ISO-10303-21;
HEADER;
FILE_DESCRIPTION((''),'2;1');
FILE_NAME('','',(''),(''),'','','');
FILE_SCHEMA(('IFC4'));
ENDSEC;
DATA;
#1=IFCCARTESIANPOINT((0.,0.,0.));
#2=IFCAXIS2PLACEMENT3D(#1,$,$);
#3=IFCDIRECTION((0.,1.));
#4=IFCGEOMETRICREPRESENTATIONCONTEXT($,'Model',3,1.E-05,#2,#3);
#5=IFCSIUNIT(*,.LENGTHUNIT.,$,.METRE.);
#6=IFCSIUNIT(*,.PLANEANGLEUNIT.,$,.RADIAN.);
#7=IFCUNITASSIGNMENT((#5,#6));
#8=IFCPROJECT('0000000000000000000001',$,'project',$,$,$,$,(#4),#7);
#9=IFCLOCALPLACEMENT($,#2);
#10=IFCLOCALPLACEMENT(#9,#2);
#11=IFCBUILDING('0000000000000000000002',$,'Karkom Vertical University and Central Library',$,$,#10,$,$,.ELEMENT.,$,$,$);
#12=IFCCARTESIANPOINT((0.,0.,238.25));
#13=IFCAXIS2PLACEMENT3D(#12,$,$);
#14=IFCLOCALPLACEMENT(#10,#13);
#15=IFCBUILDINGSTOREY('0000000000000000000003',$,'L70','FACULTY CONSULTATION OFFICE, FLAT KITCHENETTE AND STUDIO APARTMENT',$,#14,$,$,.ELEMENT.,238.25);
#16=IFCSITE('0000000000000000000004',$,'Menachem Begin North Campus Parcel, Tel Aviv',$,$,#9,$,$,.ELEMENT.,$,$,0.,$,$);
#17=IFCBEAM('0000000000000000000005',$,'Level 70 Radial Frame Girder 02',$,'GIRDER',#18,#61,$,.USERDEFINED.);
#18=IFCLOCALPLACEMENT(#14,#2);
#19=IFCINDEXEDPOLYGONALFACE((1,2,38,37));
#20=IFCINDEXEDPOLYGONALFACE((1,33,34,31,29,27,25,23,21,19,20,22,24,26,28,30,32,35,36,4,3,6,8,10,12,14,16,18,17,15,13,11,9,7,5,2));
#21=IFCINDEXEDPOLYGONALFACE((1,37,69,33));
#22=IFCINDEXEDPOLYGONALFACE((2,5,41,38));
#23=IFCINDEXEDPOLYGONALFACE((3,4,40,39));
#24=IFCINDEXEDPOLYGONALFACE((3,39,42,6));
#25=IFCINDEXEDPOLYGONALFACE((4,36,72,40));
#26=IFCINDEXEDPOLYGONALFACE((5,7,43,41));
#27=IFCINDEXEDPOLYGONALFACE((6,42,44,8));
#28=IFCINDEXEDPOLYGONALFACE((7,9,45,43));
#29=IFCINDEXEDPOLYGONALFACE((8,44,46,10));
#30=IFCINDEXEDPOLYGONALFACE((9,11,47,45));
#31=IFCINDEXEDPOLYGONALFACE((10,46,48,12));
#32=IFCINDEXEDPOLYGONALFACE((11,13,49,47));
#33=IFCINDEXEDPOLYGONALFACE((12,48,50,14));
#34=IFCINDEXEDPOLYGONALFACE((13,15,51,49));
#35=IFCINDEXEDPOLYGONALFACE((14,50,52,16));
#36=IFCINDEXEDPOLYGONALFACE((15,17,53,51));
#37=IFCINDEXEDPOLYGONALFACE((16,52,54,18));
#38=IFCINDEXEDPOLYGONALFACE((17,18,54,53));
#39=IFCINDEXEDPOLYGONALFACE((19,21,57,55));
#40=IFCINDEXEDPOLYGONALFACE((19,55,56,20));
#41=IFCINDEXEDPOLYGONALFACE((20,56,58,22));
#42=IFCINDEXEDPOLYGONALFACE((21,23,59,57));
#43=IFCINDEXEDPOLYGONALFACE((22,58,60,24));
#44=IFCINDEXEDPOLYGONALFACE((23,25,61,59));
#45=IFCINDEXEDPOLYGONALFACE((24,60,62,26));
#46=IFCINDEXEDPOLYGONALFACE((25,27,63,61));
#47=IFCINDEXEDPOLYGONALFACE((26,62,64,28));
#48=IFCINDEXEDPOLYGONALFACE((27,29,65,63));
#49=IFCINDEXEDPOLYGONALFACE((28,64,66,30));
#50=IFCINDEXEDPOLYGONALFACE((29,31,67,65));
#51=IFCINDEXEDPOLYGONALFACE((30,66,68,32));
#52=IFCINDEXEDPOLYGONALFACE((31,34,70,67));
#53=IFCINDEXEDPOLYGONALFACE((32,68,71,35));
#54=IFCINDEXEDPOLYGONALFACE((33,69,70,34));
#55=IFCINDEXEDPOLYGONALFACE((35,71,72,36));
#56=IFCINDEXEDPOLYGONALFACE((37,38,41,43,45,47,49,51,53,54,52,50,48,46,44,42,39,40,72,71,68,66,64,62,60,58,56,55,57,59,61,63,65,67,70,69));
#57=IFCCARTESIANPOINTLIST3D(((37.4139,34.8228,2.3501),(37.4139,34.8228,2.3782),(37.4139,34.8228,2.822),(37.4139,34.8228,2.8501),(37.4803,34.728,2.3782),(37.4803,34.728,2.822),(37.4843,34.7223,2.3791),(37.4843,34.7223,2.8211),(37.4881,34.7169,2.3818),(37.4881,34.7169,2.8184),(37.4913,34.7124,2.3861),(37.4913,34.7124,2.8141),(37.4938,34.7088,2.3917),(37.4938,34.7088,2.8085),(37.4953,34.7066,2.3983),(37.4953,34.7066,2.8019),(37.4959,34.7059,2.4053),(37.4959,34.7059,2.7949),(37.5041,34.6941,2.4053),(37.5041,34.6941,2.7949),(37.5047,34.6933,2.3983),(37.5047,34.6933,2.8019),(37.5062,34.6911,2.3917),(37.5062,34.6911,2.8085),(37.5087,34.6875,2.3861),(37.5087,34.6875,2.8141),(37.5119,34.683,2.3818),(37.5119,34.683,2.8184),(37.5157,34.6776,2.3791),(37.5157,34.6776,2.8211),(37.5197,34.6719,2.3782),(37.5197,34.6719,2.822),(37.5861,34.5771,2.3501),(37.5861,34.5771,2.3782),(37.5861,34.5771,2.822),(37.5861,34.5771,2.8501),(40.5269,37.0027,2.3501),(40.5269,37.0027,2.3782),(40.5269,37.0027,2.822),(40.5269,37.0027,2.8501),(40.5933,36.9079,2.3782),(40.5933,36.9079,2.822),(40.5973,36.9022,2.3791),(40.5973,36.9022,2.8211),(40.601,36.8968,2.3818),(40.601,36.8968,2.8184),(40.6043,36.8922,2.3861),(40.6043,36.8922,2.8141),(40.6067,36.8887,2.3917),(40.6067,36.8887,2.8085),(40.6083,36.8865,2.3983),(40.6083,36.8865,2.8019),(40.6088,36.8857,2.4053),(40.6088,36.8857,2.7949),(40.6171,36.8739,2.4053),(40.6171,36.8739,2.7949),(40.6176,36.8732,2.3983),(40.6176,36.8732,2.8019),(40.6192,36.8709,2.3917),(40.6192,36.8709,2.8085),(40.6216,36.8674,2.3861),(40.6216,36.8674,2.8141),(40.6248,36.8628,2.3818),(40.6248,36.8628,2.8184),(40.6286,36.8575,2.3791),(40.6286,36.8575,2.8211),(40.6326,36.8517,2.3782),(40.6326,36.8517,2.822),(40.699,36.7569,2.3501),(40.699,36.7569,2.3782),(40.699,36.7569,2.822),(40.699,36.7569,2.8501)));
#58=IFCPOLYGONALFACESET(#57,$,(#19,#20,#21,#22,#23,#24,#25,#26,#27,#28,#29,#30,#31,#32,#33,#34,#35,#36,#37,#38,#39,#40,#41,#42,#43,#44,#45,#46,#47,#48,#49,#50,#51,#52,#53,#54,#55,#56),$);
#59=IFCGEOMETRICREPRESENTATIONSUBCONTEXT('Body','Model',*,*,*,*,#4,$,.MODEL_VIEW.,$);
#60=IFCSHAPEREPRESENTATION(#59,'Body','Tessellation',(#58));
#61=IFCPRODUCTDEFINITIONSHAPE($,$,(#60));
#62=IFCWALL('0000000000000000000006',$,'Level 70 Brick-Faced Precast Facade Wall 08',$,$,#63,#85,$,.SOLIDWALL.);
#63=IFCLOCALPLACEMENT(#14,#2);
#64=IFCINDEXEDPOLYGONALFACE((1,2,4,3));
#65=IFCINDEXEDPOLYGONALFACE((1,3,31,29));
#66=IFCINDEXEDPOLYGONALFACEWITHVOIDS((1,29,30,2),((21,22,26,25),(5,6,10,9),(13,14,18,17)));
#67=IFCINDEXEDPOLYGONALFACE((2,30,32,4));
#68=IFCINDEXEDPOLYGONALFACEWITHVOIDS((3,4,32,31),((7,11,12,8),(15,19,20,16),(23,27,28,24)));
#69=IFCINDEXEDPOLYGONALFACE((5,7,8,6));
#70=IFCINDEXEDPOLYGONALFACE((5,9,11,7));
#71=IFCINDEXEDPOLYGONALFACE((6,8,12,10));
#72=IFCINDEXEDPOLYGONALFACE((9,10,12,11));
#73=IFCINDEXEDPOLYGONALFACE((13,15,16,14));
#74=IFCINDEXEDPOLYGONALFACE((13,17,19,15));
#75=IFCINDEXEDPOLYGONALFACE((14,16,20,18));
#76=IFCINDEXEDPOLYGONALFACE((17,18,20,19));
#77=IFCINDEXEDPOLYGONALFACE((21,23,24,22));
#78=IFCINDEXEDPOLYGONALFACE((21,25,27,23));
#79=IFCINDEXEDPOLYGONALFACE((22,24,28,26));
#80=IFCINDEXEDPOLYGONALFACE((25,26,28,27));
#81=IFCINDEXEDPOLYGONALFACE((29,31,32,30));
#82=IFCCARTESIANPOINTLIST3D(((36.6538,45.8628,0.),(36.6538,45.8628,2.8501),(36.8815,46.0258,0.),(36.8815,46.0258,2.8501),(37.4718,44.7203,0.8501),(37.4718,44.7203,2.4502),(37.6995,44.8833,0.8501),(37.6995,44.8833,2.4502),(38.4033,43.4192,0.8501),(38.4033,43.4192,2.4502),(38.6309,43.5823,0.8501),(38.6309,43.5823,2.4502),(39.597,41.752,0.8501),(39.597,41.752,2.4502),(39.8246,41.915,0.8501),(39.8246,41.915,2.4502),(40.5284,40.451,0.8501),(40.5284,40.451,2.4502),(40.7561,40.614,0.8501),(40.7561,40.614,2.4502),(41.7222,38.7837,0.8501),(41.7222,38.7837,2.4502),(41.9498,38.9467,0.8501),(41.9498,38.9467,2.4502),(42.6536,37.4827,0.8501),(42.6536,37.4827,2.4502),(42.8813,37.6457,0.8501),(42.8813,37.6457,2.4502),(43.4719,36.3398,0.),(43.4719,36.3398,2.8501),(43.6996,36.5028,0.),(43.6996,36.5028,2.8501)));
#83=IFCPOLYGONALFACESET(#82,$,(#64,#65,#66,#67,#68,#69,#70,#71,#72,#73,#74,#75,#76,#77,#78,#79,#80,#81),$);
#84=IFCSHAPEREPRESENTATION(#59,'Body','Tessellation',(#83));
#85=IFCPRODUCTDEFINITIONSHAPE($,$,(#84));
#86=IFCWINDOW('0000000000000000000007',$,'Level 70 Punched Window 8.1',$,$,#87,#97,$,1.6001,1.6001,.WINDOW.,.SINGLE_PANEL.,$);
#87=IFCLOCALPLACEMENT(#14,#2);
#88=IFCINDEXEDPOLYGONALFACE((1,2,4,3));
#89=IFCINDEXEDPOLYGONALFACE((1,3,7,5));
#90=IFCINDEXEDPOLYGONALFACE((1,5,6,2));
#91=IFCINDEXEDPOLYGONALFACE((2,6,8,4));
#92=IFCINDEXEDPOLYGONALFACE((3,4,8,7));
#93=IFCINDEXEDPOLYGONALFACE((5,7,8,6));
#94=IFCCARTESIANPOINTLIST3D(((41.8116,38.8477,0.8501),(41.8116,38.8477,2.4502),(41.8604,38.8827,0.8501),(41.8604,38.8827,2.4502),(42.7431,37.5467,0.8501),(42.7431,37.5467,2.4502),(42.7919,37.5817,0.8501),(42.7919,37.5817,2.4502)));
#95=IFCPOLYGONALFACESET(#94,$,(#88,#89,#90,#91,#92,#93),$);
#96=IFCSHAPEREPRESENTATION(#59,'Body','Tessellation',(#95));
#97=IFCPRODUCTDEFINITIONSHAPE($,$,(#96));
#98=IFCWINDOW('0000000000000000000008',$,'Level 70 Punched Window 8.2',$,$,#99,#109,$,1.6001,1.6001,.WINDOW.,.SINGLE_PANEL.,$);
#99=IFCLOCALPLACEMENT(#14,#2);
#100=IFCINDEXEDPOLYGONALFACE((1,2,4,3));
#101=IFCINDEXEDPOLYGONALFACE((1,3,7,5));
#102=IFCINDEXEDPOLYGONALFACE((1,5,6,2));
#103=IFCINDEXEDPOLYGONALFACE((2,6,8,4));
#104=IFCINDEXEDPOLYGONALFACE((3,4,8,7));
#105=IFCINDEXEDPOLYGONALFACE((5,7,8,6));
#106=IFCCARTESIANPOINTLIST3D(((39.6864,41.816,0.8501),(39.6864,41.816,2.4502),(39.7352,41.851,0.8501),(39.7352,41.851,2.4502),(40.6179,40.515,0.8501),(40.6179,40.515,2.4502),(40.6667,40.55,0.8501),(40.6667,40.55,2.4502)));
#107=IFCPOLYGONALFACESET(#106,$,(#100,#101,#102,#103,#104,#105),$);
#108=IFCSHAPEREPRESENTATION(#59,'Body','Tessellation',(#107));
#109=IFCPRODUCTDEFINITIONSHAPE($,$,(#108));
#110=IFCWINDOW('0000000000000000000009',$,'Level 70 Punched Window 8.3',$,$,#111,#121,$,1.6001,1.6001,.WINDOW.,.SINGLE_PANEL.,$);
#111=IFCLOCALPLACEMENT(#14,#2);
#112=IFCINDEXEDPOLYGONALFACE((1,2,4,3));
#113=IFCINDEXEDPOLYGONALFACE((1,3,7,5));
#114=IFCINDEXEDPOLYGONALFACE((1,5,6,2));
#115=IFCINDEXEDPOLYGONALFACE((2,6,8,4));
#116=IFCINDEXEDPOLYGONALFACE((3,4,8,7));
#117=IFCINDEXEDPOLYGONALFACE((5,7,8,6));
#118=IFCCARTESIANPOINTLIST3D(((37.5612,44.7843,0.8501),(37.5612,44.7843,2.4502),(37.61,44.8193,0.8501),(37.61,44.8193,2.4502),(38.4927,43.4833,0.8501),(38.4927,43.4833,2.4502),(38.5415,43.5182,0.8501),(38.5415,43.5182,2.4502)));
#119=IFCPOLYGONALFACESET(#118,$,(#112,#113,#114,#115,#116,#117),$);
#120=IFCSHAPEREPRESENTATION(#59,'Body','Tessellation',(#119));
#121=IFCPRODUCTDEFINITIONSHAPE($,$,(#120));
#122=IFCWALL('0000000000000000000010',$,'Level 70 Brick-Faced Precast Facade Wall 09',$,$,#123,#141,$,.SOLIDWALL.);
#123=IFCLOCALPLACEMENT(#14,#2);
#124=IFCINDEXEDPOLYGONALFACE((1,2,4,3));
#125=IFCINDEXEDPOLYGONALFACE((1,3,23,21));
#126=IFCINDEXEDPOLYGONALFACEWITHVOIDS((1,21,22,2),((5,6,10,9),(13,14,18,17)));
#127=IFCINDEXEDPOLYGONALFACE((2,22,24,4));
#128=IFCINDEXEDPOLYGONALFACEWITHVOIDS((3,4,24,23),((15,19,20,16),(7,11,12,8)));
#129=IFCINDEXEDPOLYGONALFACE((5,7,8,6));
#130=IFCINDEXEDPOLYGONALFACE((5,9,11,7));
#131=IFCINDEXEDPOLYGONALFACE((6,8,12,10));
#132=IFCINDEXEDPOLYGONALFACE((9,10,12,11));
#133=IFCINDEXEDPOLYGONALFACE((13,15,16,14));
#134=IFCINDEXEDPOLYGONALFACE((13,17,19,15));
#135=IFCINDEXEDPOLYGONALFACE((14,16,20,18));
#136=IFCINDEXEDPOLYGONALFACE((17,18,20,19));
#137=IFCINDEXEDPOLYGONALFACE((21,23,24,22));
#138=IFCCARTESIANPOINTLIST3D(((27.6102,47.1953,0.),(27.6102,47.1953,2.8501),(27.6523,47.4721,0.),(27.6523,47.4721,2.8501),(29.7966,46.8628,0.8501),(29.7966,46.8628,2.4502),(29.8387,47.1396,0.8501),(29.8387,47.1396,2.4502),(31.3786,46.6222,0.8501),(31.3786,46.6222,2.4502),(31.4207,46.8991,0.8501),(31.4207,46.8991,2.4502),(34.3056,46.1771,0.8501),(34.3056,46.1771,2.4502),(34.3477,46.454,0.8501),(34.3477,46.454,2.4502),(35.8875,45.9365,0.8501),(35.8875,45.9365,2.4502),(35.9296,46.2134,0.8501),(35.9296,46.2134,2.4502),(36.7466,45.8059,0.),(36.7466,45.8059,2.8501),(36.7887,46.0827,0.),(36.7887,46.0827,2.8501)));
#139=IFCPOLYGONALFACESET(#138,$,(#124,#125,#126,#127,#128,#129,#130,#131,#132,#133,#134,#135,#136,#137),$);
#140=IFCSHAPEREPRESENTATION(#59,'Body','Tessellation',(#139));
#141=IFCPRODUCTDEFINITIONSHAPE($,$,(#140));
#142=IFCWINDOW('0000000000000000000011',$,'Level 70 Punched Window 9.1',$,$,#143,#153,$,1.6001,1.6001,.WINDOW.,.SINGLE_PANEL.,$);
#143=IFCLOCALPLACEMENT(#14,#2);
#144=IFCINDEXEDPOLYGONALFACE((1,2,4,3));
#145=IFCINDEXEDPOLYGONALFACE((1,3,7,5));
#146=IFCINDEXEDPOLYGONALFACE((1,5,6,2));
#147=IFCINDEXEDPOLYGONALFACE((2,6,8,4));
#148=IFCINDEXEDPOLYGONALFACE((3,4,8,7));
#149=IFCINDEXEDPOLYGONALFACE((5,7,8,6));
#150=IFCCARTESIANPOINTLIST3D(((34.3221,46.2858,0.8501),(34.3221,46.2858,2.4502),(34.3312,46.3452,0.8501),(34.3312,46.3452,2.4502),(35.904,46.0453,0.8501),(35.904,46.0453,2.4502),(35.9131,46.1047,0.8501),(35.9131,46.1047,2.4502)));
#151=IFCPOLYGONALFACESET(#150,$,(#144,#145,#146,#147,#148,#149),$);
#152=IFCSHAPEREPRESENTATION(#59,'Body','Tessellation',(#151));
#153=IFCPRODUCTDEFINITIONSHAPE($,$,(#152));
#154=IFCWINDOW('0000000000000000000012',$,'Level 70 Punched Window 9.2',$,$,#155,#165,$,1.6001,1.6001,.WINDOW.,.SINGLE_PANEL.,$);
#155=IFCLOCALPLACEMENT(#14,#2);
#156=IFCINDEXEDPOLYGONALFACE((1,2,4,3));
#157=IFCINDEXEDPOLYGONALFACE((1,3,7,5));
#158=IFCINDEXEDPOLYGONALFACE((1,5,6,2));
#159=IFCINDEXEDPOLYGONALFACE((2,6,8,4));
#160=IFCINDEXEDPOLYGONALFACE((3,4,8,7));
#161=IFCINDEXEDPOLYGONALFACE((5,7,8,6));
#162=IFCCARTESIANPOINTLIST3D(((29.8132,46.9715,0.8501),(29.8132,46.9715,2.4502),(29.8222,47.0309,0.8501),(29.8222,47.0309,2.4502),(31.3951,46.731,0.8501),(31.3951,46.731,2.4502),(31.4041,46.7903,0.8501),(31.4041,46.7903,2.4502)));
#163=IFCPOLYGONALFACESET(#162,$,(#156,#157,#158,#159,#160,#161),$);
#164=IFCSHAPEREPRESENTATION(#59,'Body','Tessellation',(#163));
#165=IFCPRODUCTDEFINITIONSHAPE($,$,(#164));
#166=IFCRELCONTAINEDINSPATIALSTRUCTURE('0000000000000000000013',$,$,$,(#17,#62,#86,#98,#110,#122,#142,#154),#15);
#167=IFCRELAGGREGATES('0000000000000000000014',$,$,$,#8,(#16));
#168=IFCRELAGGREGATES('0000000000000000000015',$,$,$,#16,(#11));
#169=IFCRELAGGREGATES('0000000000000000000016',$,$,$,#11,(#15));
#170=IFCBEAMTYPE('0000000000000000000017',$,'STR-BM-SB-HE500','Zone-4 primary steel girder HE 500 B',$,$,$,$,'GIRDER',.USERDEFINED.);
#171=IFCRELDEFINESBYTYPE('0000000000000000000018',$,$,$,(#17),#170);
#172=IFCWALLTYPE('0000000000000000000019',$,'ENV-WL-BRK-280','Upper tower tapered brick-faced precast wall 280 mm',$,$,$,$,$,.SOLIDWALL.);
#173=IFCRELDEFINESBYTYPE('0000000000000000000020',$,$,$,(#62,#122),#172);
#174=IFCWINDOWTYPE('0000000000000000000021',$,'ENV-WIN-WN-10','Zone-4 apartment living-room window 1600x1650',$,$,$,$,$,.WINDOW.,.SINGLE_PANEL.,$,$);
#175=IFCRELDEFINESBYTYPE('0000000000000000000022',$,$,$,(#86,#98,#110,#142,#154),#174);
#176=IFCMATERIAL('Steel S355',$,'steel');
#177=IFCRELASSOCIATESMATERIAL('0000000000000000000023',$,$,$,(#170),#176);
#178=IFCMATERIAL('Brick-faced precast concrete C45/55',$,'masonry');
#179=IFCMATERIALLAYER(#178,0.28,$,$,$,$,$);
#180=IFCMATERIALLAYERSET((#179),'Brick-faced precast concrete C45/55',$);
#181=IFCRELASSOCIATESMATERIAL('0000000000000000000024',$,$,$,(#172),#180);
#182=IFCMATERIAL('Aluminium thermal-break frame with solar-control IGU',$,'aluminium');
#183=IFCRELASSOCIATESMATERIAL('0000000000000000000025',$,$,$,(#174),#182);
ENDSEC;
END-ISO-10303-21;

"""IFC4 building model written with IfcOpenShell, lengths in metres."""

from ifc_helpers import new_model, si_unit, direction, frame, frame_2d, origin, origin_with_axes, origin_2d, place, context, subcontext, project, spatial, rectangle, i_section, extrude, source, transform, mapped, material, layer, layer_set, material_profile, profile_set, type_object, element, fill, save


model = new_model("IFC4")

# Units and contexts
model_context = context("Model", 3, precision=1e-05, world=origin(), true_north=direction((0.0, 1.0)))
body_context = subcontext(model_context, "Body", "Model", "MODEL_VIEW")
ifc_project = project(units=[si_unit("LENGTHUNIT", "METRE"), si_unit("PLANEANGLEUNIT", "RADIAN")], contexts=[model_context])

# Site, building, storey
site_placement = place(None, origin())
site = spatial("IfcSite", under=ifc_project, at=site_placement, Name="Menachem Begin North Campus Parcel, Tel Aviv", CompositionType="ELEMENT", RefElevation=0.0)
building_placement = place(site_placement, origin())
building = spatial("IfcBuilding", under=site, at=building_placement, Name="Karkom Vertical University and Central Library", CompositionType="ELEMENT")
storey_placement = place(building_placement, frame((0.0, 0.0, 238.25)))
storey = spatial("IfcBuildingStorey", under=building, at=storey_placement, Name="L70", Description="FACULTY CONSULTATION OFFICE, FLAT KITCHENETTE AND STUDIO APARTMENT", CompositionType="ELEMENT", Elevation=238.25)

# Beam
ifc_material_1 = material(Name="Steel S355", Category="steel")
ifc_material_profile_1 = material_profile(ifc_material_1, i_section(OverallWidth=0.3, OverallDepth=0.5, WebThickness=0.0144, FlangeThickness=0.0281, FilletRadius=0.0271, at=origin_2d()), Name="HE 500 B")
ifc_profile_set_1 = profile_set([ifc_material_profile_1], Name="Steel S355")
beam_type_1 = type_object("IfcBeamType", Name="STR-BM-SB-HE500", Description="Zone-4 primary steel girder HE 500 B", ElementType="GIRDER", PredefinedType="USERDEFINED", material=ifc_profile_set_1)
shared_shape_1 = source(origin_with_axes(), body_context, "Body", "SweptSolid", [
    extrude(i_section(OverallWidth=0.3, OverallDepth=0.5, WebThickness=0.0144, FlangeThickness=0.0281, FilletRadius=0.0271, at=origin_2d()), origin(), (0.0, 0.0, 1.0), 3.8003),
])
beam_1_placement = place(storey_placement, frame((37.5, 34.7, 2.6001), z_axis=(0.819132, 0.573605, 0.0), x_axis=(-0.573605, 0.819132, 0.0)))
element("IfcBeam", 1, at=beam_1_placement, inside=storey, type_object=beam_type_1, Name="Level 70 Radial Frame Girder 02", ObjectType="GIRDER", PredefinedType="USERDEFINED", context=body_context, shape_type="MappedRepresentation", body=[
    mapped(shared_shape_1, transform((0.0, 0.0, 0.0), scale=1.0)),
])

# Walls, openings, windows
ifc_material_2 = material(Name="Brick-faced precast concrete C45/55", Category="masonry")
ifc_layer_1 = layer(ifc_material_2, 0.28)
ifc_layer_set_1 = layer_set([ifc_layer_1], Name="Brick-faced precast concrete C45/55")
wall_type_1 = type_object("IfcWallType", Name="ENV-WL-BRK-280", Description="Upper tower tapered brick-faced precast wall 280 mm", PredefinedType="SOLIDWALL", material=ifc_layer_set_1)
wall_1_placement = place(storey_placement, frame((43.5857, 36.4214, 0.0), z_axis=(0.0, 0.0, 1.0), x_axis=(-0.582143, 0.813086, 0.0)))
wall_1 = element("IfcWall", 2, at=wall_1_placement, inside=storey, type_object=wall_type_1, Name="Level 70 Brick-Faced Precast Facade Wall 08", PredefinedType="SOLIDWALL", context=body_context, shape_type="SweptSolid", body=[
    extrude(rectangle(XDim=11.7122, YDim=0.28, at=frame_2d((5.856, 0.0))), origin(), (0.0, 0.0, 1.0), 2.8501),
])
opening_1_placement = place(wall_1_placement, frame((1.4055, 0.0, 0.8501)))
opening_1 = element("IfcOpeningElement", 3, at=opening_1_placement, cuts=wall_1, PredefinedType="OPENING", context=body_context, shape_type="SweptSolid", body=[
    extrude(rectangle(XDim=1.6001, YDim=1.6001, at=frame_2d((0.8, 0.8))), frame((0.0, 0.1499, 0.0), z_axis=(0.0, -1.0, 0.0), x_axis=(1.0, 0.0, 0.0)), (0.0, 0.0, 1.0), 0.3),
])
opening_2_placement = place(wall_1_placement, frame((5.0562, 0.0, 0.8501)))
opening_2 = element("IfcOpeningElement", 4, at=opening_2_placement, cuts=wall_1, PredefinedType="OPENING", context=body_context, shape_type="SweptSolid", body=[
    extrude(rectangle(XDim=1.6001, YDim=1.6001, at=frame_2d((0.8, 0.8))), frame((0.0, 0.1499, 0.0), z_axis=(0.0, -1.0, 0.0), x_axis=(1.0, 0.0, 0.0)), (0.0, 0.0, 1.0), 0.3),
])
opening_3_placement = place(wall_1_placement, frame((8.7068, 0.0, 0.8501)))
opening_3 = element("IfcOpeningElement", 5, at=opening_3_placement, cuts=wall_1, PredefinedType="OPENING", context=body_context, shape_type="SweptSolid", body=[
    extrude(rectangle(XDim=1.6001, YDim=1.6001, at=frame_2d((0.8, 0.8))), frame((0.0, 0.1499, 0.0), z_axis=(0.0, -1.0, 0.0), x_axis=(1.0, 0.0, 0.0)), (0.0, 0.0, 1.0), 0.3),
])
ifc_material_3 = material(Name="Aluminium thermal-break frame with solar-control IGU", Category="aluminium")
window_type = type_object("IfcWindowType", Name="ENV-WIN-WN-10", Description="Zone-4 apartment living-room window 1600x1650", PartitioningType="SINGLE_PANEL", PredefinedType="WINDOW", material=ifc_material_3)
shared_shape_2 = source(origin_with_axes(), body_context, "Body", "SweptSolid", [
    extrude(rectangle(XDim=1.6001, YDim=1.6001, at=frame_2d((0.8, 0.8))), frame((0.0, 0.03, 0.0), z_axis=(0.0, -1.0, 0.0), x_axis=(1.0, 0.0, 0.0)), (0.0, 0.0, 1.0), 0.0601),
])
window_1_placement = place(opening_1_placement, origin())
window_1 = element("IfcWindow", 6, at=window_1_placement, inside=storey, type_object=window_type, Name="Level 70 Punched Window 8.1", OverallHeight=1.6001, OverallWidth=1.6001, PartitioningType="SINGLE_PANEL", PredefinedType="WINDOW", context=body_context, shape_type="MappedRepresentation", body=[
    mapped(shared_shape_2, transform((0.0, 0.0, 0.0), scale=1.0)),
])
fill(opening_1, window_1)
window_2_placement = place(opening_2_placement, origin())
window_2 = element("IfcWindow", 7, at=window_2_placement, inside=storey, type_object=window_type, Name="Level 70 Punched Window 8.2", OverallHeight=1.6001, OverallWidth=1.6001, PartitioningType="SINGLE_PANEL", PredefinedType="WINDOW", context=body_context, shape_type="MappedRepresentation", body=[
    mapped(shared_shape_2, transform((0.0, 0.0, 0.0), scale=1.0)),
])
fill(opening_2, window_2)
window_3_placement = place(opening_3_placement, origin())
window_3 = element("IfcWindow", 8, at=window_3_placement, inside=storey, type_object=window_type, Name="Level 70 Punched Window 8.3", OverallHeight=1.6001, OverallWidth=1.6001, PartitioningType="SINGLE_PANEL", PredefinedType="WINDOW", context=body_context, shape_type="MappedRepresentation", body=[
    mapped(shared_shape_2, transform((0.0, 0.0, 0.0), scale=1.0)),
])
fill(opening_3, window_3)
wall_2_placement = place(storey_placement, frame((36.7676, 45.9443, 0.0), z_axis=(0.0, 0.0, 1.0), x_axis=(-0.988634, 0.150344, 0.0)))
wall_2 = element("IfcWall", 9, at=wall_2_placement, inside=storey, type_object=wall_type_1, Name="Level 70 Brick-Faced Precast Facade Wall 09", PredefinedType="SOLIDWALL", context=body_context, shape_type="SweptSolid", body=[
    extrude(rectangle(XDim=9.2415, YDim=0.28, at=frame_2d((4.6206, 0.0))), origin(), (0.0, 0.0, 1.0), 2.8501),
])
opening_4_placement = place(wall_2_placement, frame((0.8689, 0.0, 0.8501)))
opening_4 = element("IfcOpeningElement", 10, at=opening_4_placement, cuts=wall_2, PredefinedType="OPENING", context=body_context, shape_type="SweptSolid", body=[
    extrude(rectangle(XDim=1.6001, YDim=1.6001, at=frame_2d((0.8, 0.8))), frame((0.0, 0.1499, 0.0), z_axis=(0.0, -1.0, 0.0), x_axis=(1.0, 0.0, 0.0)), (0.0, 0.0, 1.0), 0.3),
])
opening_5_placement = place(wall_2_placement, frame((5.4297, 0.0, 0.8501)))
opening_5 = element("IfcOpeningElement", 11, at=opening_5_placement, cuts=wall_2, PredefinedType="OPENING", context=body_context, shape_type="SweptSolid", body=[
    extrude(rectangle(XDim=1.6001, YDim=1.6001, at=frame_2d((0.8, 0.8))), frame((0.0, 0.1499, 0.0), z_axis=(0.0, -1.0, 0.0), x_axis=(1.0, 0.0, 0.0)), (0.0, 0.0, 1.0), 0.3),
])
window_4_placement = place(opening_4_placement, origin())
window_4 = element("IfcWindow", 12, at=window_4_placement, inside=storey, type_object=window_type, Name="Level 70 Punched Window 9.1", OverallHeight=1.6001, OverallWidth=1.6001, PartitioningType="SINGLE_PANEL", PredefinedType="WINDOW", context=body_context, shape_type="MappedRepresentation", body=[
    mapped(shared_shape_2, transform((0.0, 0.0, 0.0), scale=1.0)),
])
fill(opening_4, window_4)
window_5_placement = place(opening_5_placement, origin())
window_5 = element("IfcWindow", 13, at=window_5_placement, inside=storey, type_object=window_type, Name="Level 70 Punched Window 9.2", OverallHeight=1.6001, OverallWidth=1.6001, PartitioningType="SINGLE_PANEL", PredefinedType="WINDOW", context=body_context, shape_type="MappedRepresentation", body=[
    mapped(shared_shape_2, transform((0.0, 0.0, 0.0), scale=1.0)),
])
fill(opening_5, window_5)

save(model, "model.ifc")
